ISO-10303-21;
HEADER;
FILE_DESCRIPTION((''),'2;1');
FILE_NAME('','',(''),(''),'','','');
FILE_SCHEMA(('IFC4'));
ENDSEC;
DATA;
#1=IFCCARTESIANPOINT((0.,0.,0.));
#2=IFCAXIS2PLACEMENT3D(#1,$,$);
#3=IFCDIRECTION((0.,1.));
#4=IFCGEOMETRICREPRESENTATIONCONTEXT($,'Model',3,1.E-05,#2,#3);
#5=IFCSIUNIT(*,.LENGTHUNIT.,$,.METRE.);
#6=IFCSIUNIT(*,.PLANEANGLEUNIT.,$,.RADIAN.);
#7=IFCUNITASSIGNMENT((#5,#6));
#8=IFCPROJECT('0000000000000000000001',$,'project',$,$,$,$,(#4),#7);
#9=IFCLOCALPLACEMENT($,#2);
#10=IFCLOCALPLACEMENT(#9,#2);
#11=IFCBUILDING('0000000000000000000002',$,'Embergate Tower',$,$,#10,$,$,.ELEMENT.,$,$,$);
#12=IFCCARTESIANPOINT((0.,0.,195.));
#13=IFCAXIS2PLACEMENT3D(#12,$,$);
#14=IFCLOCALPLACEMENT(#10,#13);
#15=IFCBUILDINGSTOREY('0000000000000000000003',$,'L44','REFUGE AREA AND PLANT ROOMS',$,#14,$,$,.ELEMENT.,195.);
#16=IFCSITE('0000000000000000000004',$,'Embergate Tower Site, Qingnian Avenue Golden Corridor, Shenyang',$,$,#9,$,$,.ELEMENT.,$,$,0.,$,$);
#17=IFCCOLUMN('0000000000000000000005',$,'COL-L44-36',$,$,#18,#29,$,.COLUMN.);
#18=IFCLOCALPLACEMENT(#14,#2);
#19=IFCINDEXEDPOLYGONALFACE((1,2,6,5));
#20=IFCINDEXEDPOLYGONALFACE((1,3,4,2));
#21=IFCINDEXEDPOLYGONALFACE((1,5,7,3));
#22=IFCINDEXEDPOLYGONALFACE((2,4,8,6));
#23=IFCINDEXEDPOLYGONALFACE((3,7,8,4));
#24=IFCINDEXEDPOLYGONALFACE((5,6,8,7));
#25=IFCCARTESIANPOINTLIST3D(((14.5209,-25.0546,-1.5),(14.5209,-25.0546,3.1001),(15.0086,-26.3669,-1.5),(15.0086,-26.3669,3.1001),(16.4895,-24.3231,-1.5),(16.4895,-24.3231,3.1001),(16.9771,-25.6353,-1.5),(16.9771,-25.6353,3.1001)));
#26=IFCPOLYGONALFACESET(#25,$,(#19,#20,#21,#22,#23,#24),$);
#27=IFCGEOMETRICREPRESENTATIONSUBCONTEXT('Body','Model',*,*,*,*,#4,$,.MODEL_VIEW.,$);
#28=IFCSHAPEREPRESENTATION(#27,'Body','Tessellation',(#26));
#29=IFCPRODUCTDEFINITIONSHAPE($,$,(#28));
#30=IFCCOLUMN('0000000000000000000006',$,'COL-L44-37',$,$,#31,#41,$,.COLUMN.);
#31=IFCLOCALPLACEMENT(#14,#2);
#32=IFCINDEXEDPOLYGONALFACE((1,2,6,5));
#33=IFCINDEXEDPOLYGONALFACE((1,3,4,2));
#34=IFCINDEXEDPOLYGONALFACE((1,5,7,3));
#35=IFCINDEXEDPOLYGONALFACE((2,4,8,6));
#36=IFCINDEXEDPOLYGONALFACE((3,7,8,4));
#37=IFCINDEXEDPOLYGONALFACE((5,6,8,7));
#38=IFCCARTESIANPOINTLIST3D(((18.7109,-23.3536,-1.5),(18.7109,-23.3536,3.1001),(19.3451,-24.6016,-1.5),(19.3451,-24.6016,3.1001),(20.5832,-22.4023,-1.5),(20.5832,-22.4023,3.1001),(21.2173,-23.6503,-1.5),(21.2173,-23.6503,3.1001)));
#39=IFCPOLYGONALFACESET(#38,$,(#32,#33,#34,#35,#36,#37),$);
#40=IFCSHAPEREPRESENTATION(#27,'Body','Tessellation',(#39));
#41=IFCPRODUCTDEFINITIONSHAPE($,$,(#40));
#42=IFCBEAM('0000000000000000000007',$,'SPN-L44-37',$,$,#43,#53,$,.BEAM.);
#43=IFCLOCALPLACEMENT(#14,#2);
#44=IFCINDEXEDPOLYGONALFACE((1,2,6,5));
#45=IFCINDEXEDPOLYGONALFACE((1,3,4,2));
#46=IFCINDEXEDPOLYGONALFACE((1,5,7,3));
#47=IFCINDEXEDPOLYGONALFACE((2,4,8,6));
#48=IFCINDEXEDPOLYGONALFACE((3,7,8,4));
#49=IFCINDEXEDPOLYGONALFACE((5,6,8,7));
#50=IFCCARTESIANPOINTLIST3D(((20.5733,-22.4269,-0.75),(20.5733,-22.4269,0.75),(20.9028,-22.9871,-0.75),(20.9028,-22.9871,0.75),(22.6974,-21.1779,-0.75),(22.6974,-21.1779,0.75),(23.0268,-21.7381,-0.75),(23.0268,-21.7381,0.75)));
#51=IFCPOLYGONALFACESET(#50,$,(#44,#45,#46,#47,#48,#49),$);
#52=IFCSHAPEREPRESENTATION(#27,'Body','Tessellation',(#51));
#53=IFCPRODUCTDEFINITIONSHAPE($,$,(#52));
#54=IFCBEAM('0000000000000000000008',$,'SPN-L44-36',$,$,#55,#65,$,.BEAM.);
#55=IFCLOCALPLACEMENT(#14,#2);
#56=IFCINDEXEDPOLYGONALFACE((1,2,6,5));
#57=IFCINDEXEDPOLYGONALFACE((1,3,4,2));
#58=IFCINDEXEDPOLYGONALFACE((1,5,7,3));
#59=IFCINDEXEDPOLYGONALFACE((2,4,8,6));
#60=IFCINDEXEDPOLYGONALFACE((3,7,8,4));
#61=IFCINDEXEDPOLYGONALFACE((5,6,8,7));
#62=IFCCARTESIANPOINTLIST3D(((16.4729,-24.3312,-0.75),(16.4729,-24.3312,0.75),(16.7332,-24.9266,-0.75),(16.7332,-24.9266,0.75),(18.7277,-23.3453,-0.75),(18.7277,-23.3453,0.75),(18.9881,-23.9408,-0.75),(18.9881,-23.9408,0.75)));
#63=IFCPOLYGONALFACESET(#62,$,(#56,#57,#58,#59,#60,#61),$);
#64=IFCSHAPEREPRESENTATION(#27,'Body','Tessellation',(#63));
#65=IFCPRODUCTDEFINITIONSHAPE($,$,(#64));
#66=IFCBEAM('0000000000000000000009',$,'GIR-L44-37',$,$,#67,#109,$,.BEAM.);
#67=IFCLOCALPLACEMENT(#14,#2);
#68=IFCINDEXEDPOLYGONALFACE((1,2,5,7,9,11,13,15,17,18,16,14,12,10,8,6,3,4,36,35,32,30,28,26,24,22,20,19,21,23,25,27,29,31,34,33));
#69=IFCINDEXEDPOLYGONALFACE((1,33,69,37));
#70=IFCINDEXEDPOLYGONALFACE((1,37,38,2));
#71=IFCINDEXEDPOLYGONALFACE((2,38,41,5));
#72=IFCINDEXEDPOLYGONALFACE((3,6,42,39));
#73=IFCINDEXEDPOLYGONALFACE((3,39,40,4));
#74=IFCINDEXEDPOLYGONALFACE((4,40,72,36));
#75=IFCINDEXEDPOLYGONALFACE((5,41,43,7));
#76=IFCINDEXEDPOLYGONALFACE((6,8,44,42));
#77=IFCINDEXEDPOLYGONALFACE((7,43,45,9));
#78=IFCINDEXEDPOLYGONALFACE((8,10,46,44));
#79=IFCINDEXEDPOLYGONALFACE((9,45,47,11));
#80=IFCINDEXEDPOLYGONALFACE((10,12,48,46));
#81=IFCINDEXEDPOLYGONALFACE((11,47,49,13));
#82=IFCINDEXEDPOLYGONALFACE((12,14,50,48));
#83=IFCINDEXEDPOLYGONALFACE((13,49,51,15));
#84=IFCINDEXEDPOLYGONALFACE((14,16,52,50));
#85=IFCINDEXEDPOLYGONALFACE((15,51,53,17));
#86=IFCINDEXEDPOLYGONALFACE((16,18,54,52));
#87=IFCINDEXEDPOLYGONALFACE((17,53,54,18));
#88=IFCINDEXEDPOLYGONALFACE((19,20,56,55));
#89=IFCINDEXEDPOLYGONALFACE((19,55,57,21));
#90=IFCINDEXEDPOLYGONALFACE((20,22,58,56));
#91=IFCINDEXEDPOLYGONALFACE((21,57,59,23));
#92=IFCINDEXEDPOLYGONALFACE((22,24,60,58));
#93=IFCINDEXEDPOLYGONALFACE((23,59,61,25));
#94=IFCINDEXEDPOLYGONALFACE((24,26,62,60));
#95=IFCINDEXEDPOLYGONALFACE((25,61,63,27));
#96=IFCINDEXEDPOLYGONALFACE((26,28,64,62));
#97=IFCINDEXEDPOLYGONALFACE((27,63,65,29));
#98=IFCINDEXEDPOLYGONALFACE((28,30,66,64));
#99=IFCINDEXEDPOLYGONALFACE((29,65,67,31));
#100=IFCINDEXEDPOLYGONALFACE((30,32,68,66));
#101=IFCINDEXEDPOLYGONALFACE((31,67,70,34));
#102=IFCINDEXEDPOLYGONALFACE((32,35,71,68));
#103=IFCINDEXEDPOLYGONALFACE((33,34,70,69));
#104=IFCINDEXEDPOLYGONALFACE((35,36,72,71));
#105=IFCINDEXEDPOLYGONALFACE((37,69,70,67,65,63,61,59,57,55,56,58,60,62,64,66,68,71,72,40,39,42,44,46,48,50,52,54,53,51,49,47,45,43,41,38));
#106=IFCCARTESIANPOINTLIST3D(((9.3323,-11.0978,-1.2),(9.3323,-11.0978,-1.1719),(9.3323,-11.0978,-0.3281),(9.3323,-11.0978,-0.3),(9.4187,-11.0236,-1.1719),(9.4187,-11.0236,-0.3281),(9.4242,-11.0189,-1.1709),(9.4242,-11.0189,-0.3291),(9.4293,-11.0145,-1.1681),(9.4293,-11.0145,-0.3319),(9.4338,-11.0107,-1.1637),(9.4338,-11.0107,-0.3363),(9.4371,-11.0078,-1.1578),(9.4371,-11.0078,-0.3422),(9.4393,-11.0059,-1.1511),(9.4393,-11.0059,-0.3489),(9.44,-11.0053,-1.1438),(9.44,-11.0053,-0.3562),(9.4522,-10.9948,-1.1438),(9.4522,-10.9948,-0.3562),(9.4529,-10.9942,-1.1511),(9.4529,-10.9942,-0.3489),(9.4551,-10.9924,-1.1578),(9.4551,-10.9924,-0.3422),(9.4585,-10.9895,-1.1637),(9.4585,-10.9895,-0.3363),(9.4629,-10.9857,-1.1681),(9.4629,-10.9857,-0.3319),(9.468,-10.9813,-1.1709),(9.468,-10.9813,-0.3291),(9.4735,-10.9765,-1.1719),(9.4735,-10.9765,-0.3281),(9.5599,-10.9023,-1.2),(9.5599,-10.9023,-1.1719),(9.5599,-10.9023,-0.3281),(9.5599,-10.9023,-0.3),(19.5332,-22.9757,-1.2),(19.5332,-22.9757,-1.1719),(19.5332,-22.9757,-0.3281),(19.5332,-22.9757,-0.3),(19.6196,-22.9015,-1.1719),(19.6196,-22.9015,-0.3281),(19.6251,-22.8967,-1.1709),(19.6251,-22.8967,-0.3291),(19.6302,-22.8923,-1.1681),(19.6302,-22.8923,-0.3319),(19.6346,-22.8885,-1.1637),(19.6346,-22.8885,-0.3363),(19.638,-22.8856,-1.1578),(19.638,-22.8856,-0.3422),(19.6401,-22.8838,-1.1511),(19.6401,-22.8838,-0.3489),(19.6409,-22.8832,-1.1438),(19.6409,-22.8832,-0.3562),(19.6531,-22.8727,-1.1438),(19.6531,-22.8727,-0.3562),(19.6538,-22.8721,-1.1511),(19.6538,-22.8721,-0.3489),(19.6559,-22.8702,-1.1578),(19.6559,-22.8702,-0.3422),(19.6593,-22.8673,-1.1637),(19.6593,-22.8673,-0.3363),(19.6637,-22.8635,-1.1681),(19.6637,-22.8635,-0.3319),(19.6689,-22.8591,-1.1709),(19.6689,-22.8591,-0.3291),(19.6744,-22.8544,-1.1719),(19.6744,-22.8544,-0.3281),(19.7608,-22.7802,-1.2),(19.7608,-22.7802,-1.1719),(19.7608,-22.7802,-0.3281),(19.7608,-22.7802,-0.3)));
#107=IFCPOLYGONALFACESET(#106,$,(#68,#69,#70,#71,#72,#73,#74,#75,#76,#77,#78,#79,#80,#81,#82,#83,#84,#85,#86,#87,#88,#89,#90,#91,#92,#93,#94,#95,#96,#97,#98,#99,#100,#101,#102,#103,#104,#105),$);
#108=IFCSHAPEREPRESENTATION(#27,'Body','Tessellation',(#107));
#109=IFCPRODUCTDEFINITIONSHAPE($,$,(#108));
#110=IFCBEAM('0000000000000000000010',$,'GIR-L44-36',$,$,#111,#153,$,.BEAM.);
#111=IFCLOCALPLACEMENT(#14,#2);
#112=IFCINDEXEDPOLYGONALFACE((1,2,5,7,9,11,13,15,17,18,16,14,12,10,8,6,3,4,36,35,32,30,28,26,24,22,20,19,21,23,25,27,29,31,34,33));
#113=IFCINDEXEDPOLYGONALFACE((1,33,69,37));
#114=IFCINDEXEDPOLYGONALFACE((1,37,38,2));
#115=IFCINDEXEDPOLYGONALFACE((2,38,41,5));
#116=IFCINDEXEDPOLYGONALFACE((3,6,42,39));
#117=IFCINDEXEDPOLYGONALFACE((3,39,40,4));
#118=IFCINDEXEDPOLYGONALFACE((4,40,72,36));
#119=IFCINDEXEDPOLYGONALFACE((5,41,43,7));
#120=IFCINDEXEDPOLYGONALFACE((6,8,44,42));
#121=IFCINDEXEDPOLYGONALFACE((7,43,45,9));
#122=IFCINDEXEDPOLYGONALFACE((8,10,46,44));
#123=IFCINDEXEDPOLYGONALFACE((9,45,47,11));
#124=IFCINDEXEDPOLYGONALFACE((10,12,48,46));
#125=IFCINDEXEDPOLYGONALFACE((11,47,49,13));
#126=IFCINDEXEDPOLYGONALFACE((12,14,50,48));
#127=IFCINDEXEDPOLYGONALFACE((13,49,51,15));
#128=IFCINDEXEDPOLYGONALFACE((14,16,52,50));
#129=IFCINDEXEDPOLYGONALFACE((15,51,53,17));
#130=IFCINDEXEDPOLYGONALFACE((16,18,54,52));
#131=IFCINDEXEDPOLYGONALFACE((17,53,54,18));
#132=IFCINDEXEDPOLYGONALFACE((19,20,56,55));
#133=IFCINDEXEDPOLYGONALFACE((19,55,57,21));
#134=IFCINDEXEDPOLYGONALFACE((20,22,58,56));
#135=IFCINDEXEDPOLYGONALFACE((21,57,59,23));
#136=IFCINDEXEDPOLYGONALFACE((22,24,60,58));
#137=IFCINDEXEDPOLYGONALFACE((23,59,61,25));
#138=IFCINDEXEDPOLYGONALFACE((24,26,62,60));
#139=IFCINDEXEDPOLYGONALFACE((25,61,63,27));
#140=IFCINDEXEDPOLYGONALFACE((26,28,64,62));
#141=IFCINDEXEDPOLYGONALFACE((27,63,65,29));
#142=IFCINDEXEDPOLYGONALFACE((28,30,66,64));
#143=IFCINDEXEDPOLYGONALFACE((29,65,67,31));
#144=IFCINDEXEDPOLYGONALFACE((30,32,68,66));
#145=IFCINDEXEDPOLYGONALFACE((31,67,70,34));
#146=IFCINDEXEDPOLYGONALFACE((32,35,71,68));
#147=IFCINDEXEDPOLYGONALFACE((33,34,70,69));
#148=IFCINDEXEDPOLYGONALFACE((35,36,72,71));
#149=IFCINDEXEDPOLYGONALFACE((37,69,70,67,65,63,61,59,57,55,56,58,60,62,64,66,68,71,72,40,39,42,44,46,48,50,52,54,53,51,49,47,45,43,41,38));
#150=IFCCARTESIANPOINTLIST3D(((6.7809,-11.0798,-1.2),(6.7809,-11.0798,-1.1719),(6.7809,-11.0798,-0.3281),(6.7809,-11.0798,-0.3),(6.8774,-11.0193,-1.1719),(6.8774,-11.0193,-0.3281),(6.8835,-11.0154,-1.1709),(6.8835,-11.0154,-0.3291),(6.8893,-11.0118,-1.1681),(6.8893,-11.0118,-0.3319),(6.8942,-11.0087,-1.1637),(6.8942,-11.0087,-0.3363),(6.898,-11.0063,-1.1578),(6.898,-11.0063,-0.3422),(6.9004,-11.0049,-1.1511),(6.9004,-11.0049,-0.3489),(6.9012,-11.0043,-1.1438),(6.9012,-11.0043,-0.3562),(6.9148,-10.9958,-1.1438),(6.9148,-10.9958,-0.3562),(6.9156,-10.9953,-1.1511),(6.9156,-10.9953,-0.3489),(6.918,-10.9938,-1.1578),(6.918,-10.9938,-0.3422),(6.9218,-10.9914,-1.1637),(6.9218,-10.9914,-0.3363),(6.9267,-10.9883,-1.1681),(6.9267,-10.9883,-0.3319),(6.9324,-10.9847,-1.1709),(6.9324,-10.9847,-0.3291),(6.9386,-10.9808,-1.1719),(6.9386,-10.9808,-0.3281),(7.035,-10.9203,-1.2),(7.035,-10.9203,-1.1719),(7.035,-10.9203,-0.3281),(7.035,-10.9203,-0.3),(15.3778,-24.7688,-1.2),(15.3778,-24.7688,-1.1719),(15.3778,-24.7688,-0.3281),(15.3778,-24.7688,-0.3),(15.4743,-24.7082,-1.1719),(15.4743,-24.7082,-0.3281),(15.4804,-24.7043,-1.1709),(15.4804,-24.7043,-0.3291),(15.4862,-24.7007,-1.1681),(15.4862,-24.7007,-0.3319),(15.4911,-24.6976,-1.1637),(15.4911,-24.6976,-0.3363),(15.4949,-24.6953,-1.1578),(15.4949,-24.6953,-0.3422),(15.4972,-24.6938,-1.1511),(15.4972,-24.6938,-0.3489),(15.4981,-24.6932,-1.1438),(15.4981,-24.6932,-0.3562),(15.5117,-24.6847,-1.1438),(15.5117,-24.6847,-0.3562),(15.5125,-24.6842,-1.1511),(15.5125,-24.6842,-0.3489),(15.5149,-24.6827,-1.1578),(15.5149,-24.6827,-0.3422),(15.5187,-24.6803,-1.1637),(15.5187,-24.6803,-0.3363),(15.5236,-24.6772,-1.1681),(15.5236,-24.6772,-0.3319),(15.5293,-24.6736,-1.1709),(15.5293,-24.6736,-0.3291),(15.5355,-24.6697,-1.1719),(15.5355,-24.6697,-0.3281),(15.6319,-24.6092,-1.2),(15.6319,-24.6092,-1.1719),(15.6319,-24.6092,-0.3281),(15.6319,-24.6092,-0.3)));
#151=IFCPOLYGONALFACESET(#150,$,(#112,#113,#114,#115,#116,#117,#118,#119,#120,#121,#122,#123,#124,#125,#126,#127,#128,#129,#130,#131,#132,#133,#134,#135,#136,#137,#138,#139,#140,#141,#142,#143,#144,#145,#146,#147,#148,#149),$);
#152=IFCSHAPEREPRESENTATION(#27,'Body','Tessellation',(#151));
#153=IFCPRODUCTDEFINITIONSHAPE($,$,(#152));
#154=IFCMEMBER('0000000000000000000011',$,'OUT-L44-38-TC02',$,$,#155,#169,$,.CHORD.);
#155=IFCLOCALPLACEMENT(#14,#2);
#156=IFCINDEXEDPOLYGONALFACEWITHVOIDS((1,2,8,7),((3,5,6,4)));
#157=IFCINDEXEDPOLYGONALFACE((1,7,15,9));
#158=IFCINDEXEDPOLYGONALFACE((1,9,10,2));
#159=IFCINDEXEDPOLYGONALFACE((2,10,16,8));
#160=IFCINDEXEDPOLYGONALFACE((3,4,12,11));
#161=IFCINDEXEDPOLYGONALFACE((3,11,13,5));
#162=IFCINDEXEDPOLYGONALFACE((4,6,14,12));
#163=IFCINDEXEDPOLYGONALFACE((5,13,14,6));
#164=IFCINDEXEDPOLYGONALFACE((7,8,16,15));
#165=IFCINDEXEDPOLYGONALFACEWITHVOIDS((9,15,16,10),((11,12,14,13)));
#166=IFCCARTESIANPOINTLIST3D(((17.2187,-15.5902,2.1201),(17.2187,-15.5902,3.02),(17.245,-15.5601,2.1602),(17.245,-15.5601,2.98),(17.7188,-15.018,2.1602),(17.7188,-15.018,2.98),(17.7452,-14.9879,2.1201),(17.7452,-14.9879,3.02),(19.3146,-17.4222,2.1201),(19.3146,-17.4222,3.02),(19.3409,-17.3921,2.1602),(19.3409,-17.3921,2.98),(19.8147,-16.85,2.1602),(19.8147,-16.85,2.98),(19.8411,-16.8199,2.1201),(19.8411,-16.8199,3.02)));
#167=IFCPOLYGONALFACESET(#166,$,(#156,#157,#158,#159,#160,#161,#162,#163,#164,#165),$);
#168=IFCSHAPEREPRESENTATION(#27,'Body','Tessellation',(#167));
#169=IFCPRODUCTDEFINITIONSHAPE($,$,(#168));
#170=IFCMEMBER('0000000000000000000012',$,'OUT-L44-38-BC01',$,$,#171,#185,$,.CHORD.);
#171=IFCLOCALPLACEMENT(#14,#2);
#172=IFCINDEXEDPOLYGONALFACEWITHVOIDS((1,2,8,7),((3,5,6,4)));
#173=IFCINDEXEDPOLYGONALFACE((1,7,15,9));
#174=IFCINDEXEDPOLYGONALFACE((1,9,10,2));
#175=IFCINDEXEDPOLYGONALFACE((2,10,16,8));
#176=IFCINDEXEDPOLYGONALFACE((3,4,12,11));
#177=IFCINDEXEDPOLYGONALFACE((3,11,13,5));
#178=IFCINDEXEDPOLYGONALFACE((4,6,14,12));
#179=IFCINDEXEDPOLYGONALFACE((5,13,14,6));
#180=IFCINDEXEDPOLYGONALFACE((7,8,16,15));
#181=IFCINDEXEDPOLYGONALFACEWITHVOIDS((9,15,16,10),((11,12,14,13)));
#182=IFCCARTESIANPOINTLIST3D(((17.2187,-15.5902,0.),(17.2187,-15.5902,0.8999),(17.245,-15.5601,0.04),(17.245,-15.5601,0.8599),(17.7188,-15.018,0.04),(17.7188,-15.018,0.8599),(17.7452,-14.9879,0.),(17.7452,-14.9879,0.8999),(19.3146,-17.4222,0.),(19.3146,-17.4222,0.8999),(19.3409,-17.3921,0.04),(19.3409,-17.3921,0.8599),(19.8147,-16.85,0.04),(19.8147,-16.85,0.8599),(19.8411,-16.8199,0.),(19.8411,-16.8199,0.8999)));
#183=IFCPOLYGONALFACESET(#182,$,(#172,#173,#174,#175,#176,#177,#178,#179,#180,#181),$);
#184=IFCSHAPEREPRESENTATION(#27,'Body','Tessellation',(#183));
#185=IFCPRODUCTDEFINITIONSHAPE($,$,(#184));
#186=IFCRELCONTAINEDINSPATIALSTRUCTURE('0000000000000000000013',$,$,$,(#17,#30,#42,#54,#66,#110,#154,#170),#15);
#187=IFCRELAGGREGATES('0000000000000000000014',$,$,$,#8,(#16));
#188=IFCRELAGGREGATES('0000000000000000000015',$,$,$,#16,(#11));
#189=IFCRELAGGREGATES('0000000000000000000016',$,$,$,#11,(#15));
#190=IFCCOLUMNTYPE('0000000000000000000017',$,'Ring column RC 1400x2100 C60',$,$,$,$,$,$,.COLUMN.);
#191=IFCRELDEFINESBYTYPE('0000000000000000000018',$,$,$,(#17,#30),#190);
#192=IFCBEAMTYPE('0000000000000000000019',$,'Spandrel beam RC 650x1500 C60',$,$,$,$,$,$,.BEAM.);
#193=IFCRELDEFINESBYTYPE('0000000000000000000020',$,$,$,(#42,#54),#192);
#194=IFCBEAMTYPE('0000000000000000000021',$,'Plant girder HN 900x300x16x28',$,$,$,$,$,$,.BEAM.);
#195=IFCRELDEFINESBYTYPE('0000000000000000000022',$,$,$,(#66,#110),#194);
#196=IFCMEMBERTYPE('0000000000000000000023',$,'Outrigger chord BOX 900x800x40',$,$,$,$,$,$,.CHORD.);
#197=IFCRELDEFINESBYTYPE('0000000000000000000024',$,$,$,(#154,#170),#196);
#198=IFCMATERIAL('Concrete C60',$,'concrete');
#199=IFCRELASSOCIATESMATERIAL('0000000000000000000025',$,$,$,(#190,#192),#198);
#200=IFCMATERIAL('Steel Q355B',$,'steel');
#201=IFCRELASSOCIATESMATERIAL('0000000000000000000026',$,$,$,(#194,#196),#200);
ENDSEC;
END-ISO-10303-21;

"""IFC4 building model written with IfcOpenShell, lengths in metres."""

from ifc_helpers import new_model, si_unit, direction, frame, origin, origin_2d, place, context, subcontext, project, spatial, rectangle, hollow_rectangle, i_section, extrude, source, transform, mapped, material, material_profile, profile_set, type_object, element, save


model = new_model("IFC4")

# Units and contexts
model_context = context("Model", 3, precision=1e-05, world=origin(), true_north=direction((0.0, 1.0)))
body_context = subcontext(model_context, "Body", "Model", "MODEL_VIEW")
ifc_project = project(units=[si_unit("LENGTHUNIT", "METRE"), si_unit("PLANEANGLEUNIT", "RADIAN")], contexts=[model_context])

# Site, building, storey
site_placement = place(None, origin())
site = spatial("IfcSite", under=ifc_project, at=site_placement, Name="Embergate Tower Site, Qingnian Avenue Golden Corridor, Shenyang", CompositionType="ELEMENT", RefElevation=0.0)
building_placement = place(site_placement, origin())
building = spatial("IfcBuilding", under=site, at=building_placement, Name="Embergate Tower", CompositionType="ELEMENT")
storey_placement = place(building_placement, frame((0.0, 0.0, 195.0)))
storey = spatial("IfcBuildingStorey", under=building, at=storey_placement, Name="L44", Description="REFUGE AREA AND PLANT ROOMS", CompositionType="ELEMENT", Elevation=195.0)

# Columns
ifc_material_1 = material(Name="Concrete C60", Category="concrete")
ifc_material_profile_1 = material_profile(ifc_material_1, rectangle(XDim=1.3999, YDim=2.1001, at=origin_2d()), Name="RC 1400x2100")
ifc_profile_set_1 = profile_set([ifc_material_profile_1], Name="Concrete C60")
column_type = type_object("IfcColumnType", Name="Ring column RC 1400x2100 C60", PredefinedType="COLUMN", material=ifc_profile_set_1)
shared_shape_1 = source(origin(), body_context, "Body", "SweptSolid", [
    extrude(rectangle(XDim=1.3999, YDim=2.1001, at=origin_2d()), origin(), (0.0, 0.0, 1.0), 4.6001),
])
for number, where, z_axis, x_axis, name in (
    (1, (15.749, -25.345, -1.5), (0.0, 0.0, 1.0), (0.348343, -0.937367, 0.0), "COL-L44-36"),
    (2, (19.9641, -23.502, -1.5), (0.0, 0.0, 1.0), (0.452995, -0.891513, 0.0), "COL-L44-37"),
):
    element("IfcColumn", number, at=place(storey_placement, frame(where, z_axis=z_axis, x_axis=x_axis)), inside=storey, type_object=column_type, Name=name, PredefinedType="COLUMN", context=body_context, shape_type="MappedRepresentation", body=[
        mapped(shared_shape_1, transform((0.0, 0.0, 0.0))),
    ])

# Beams
ifc_material_profile_2 = material_profile(ifc_material_1, rectangle(XDim=0.6499, YDim=1.5, at=origin_2d()), Name="RC 650x1500")
ifc_profile_set_2 = profile_set([ifc_material_profile_2], Name="Concrete C60")
beam_type_1 = type_object("IfcBeamType", Name="Spandrel beam RC 650x1500 C60", PredefinedType="BEAM", material=ifc_profile_set_2)
shared_shape_2 = source(origin(), body_context, "Body", "SweptSolid", [
    extrude(rectangle(XDim=0.6499, YDim=1.5, at=origin_2d()), origin(), (0.0, 0.0, 1.0), 2.4641),
])
beam_1_placement = place(storey_placement, frame((20.738, -22.707, 0.0), z_axis=(0.862006, 0.506899, 0.0), x_axis=(-0.506899, 0.862006, 0.0)))
element("IfcBeam", 3, at=beam_1_placement, inside=storey, type_object=beam_type_1, Name="SPN-L44-37", PredefinedType="BEAM", context=body_context, shape_type="MappedRepresentation", body=[
    mapped(shared_shape_2, transform((0.0, 0.0, 0.0))),
])
shared_shape_3 = source(origin(), body_context, "Body", "SweptSolid", [
    extrude(rectangle(XDim=0.6499, YDim=1.5, at=origin_2d()), origin(), (0.0, 0.0, 1.0), 2.4609),
])
beam_2_placement = place(storey_placement, frame((16.603, -24.6289, 0.0), z_axis=(0.916257, 0.40059, 0.0), x_axis=(-0.40059, 0.916257, 0.0)))
element("IfcBeam", 4, at=beam_2_placement, inside=storey, type_object=beam_type_1, Name="SPN-L44-36", PredefinedType="BEAM", context=body_context, shape_type="MappedRepresentation", body=[
    mapped(shared_shape_3, transform((0.0, 0.0, 0.0))),
])
ifc_material_2 = material(Name="Steel Q355B", Category="steel")
ifc_material_profile_3 = material_profile(ifc_material_2, i_section(OverallWidth=0.3, OverallDepth=0.8999, WebThickness=0.0161, FlangeThickness=0.0281, FilletRadius=0.0281, at=origin_2d()), Name="HN 900x300x16x28")
ifc_profile_set_3 = profile_set([ifc_material_profile_3], Name="Steel Q355 grade B")
beam_type_2 = type_object("IfcBeamType", Name="Plant girder HN 900x300x16x28", PredefinedType="BEAM", material=ifc_profile_set_3)
shared_shape_4 = source(origin(), body_context, "Body", "SweptSolid", [
    extrude(i_section(OverallWidth=0.3, OverallDepth=0.8999, WebThickness=0.0161, FlangeThickness=0.0281, FilletRadius=0.0281, at=origin_2d()), origin(), (0.0, 0.0, 1.0), 15.657),
])
beam_3_placement = place(storey_placement, frame((19.647, -22.8779, -0.75), z_axis=(-0.651522, 0.75863, 0.0), x_axis=(-0.75863, -0.651522, 0.0)))
element("IfcBeam", 5, at=beam_3_placement, inside=storey, type_object=beam_type_2, Name="GIR-L44-37", PredefinedType="BEAM", context=body_context, shape_type="MappedRepresentation", body=[
    mapped(shared_shape_4, transform((0.0, 0.0, 0.0))),
])
shared_shape_5 = source(origin(), body_context, "Body", "SweptSolid", [
    extrude(i_section(OverallWidth=0.3, OverallDepth=0.8999, WebThickness=0.0161, FlangeThickness=0.0281, FilletRadius=0.0281, at=origin_2d()), origin(), (0.0, 0.0, 1.0), 16.1646),
])
beam_4_placement = place(storey_placement, frame((15.5049, -24.689, -0.75), z_axis=(-0.531836, 0.846847, 0.0), x_axis=(-0.846847, -0.531836, 0.0)))
element("IfcBeam", 6, at=beam_4_placement, inside=storey, type_object=beam_type_2, Name="GIR-L44-36", PredefinedType="BEAM", context=body_context, shape_type="MappedRepresentation", body=[
    mapped(shared_shape_5, transform((0.0, 0.0, 0.0))),
])

# Members
ifc_material_profile_4 = material_profile(ifc_material_2, hollow_rectangle(XDim=0.8, YDim=0.8999, WallThickness=0.04, at=origin_2d()), Name="BOX 900x800x40")
ifc_profile_set_4 = profile_set([ifc_material_profile_4], Name="Steel Q355 grade B")
member_type_1 = type_object("IfcMemberType", Name="Outrigger chord BOX 900x800x40", PredefinedType="CHORD", material=ifc_profile_set_4)
shared_shape_6 = source(origin(), body_context, "Body", "SweptSolid", [
    extrude(hollow_rectangle(XDim=0.8, YDim=0.8999, WallThickness=0.04, at=origin_2d()), origin(), (0.0, 0.0, 1.0), 2.7837),
])
for number, where, z_axis, x_axis, name in (
    (7, (17.4819, -15.2891, 2.5701), (0.752919, -0.658113, 0.0), (0.658113, 0.752919, 0.0), "OUT-L44-38-TC02"),
    (8, (17.4819, -15.2891, 0.45), (0.752919, -0.658113, 0.0), (0.658113, 0.752919, 0.0), "OUT-L44-38-BC01"),
):
    element("IfcMember", number, at=place(storey_placement, frame(where, z_axis=z_axis, x_axis=x_axis)), inside=storey, type_object=member_type_1, Name=name, PredefinedType="CHORD", context=body_context, shape_type="MappedRepresentation", body=[
        mapped(shared_shape_6, transform((0.0, 0.0, 0.0))),
    ])

save(model, "model.ifc")
